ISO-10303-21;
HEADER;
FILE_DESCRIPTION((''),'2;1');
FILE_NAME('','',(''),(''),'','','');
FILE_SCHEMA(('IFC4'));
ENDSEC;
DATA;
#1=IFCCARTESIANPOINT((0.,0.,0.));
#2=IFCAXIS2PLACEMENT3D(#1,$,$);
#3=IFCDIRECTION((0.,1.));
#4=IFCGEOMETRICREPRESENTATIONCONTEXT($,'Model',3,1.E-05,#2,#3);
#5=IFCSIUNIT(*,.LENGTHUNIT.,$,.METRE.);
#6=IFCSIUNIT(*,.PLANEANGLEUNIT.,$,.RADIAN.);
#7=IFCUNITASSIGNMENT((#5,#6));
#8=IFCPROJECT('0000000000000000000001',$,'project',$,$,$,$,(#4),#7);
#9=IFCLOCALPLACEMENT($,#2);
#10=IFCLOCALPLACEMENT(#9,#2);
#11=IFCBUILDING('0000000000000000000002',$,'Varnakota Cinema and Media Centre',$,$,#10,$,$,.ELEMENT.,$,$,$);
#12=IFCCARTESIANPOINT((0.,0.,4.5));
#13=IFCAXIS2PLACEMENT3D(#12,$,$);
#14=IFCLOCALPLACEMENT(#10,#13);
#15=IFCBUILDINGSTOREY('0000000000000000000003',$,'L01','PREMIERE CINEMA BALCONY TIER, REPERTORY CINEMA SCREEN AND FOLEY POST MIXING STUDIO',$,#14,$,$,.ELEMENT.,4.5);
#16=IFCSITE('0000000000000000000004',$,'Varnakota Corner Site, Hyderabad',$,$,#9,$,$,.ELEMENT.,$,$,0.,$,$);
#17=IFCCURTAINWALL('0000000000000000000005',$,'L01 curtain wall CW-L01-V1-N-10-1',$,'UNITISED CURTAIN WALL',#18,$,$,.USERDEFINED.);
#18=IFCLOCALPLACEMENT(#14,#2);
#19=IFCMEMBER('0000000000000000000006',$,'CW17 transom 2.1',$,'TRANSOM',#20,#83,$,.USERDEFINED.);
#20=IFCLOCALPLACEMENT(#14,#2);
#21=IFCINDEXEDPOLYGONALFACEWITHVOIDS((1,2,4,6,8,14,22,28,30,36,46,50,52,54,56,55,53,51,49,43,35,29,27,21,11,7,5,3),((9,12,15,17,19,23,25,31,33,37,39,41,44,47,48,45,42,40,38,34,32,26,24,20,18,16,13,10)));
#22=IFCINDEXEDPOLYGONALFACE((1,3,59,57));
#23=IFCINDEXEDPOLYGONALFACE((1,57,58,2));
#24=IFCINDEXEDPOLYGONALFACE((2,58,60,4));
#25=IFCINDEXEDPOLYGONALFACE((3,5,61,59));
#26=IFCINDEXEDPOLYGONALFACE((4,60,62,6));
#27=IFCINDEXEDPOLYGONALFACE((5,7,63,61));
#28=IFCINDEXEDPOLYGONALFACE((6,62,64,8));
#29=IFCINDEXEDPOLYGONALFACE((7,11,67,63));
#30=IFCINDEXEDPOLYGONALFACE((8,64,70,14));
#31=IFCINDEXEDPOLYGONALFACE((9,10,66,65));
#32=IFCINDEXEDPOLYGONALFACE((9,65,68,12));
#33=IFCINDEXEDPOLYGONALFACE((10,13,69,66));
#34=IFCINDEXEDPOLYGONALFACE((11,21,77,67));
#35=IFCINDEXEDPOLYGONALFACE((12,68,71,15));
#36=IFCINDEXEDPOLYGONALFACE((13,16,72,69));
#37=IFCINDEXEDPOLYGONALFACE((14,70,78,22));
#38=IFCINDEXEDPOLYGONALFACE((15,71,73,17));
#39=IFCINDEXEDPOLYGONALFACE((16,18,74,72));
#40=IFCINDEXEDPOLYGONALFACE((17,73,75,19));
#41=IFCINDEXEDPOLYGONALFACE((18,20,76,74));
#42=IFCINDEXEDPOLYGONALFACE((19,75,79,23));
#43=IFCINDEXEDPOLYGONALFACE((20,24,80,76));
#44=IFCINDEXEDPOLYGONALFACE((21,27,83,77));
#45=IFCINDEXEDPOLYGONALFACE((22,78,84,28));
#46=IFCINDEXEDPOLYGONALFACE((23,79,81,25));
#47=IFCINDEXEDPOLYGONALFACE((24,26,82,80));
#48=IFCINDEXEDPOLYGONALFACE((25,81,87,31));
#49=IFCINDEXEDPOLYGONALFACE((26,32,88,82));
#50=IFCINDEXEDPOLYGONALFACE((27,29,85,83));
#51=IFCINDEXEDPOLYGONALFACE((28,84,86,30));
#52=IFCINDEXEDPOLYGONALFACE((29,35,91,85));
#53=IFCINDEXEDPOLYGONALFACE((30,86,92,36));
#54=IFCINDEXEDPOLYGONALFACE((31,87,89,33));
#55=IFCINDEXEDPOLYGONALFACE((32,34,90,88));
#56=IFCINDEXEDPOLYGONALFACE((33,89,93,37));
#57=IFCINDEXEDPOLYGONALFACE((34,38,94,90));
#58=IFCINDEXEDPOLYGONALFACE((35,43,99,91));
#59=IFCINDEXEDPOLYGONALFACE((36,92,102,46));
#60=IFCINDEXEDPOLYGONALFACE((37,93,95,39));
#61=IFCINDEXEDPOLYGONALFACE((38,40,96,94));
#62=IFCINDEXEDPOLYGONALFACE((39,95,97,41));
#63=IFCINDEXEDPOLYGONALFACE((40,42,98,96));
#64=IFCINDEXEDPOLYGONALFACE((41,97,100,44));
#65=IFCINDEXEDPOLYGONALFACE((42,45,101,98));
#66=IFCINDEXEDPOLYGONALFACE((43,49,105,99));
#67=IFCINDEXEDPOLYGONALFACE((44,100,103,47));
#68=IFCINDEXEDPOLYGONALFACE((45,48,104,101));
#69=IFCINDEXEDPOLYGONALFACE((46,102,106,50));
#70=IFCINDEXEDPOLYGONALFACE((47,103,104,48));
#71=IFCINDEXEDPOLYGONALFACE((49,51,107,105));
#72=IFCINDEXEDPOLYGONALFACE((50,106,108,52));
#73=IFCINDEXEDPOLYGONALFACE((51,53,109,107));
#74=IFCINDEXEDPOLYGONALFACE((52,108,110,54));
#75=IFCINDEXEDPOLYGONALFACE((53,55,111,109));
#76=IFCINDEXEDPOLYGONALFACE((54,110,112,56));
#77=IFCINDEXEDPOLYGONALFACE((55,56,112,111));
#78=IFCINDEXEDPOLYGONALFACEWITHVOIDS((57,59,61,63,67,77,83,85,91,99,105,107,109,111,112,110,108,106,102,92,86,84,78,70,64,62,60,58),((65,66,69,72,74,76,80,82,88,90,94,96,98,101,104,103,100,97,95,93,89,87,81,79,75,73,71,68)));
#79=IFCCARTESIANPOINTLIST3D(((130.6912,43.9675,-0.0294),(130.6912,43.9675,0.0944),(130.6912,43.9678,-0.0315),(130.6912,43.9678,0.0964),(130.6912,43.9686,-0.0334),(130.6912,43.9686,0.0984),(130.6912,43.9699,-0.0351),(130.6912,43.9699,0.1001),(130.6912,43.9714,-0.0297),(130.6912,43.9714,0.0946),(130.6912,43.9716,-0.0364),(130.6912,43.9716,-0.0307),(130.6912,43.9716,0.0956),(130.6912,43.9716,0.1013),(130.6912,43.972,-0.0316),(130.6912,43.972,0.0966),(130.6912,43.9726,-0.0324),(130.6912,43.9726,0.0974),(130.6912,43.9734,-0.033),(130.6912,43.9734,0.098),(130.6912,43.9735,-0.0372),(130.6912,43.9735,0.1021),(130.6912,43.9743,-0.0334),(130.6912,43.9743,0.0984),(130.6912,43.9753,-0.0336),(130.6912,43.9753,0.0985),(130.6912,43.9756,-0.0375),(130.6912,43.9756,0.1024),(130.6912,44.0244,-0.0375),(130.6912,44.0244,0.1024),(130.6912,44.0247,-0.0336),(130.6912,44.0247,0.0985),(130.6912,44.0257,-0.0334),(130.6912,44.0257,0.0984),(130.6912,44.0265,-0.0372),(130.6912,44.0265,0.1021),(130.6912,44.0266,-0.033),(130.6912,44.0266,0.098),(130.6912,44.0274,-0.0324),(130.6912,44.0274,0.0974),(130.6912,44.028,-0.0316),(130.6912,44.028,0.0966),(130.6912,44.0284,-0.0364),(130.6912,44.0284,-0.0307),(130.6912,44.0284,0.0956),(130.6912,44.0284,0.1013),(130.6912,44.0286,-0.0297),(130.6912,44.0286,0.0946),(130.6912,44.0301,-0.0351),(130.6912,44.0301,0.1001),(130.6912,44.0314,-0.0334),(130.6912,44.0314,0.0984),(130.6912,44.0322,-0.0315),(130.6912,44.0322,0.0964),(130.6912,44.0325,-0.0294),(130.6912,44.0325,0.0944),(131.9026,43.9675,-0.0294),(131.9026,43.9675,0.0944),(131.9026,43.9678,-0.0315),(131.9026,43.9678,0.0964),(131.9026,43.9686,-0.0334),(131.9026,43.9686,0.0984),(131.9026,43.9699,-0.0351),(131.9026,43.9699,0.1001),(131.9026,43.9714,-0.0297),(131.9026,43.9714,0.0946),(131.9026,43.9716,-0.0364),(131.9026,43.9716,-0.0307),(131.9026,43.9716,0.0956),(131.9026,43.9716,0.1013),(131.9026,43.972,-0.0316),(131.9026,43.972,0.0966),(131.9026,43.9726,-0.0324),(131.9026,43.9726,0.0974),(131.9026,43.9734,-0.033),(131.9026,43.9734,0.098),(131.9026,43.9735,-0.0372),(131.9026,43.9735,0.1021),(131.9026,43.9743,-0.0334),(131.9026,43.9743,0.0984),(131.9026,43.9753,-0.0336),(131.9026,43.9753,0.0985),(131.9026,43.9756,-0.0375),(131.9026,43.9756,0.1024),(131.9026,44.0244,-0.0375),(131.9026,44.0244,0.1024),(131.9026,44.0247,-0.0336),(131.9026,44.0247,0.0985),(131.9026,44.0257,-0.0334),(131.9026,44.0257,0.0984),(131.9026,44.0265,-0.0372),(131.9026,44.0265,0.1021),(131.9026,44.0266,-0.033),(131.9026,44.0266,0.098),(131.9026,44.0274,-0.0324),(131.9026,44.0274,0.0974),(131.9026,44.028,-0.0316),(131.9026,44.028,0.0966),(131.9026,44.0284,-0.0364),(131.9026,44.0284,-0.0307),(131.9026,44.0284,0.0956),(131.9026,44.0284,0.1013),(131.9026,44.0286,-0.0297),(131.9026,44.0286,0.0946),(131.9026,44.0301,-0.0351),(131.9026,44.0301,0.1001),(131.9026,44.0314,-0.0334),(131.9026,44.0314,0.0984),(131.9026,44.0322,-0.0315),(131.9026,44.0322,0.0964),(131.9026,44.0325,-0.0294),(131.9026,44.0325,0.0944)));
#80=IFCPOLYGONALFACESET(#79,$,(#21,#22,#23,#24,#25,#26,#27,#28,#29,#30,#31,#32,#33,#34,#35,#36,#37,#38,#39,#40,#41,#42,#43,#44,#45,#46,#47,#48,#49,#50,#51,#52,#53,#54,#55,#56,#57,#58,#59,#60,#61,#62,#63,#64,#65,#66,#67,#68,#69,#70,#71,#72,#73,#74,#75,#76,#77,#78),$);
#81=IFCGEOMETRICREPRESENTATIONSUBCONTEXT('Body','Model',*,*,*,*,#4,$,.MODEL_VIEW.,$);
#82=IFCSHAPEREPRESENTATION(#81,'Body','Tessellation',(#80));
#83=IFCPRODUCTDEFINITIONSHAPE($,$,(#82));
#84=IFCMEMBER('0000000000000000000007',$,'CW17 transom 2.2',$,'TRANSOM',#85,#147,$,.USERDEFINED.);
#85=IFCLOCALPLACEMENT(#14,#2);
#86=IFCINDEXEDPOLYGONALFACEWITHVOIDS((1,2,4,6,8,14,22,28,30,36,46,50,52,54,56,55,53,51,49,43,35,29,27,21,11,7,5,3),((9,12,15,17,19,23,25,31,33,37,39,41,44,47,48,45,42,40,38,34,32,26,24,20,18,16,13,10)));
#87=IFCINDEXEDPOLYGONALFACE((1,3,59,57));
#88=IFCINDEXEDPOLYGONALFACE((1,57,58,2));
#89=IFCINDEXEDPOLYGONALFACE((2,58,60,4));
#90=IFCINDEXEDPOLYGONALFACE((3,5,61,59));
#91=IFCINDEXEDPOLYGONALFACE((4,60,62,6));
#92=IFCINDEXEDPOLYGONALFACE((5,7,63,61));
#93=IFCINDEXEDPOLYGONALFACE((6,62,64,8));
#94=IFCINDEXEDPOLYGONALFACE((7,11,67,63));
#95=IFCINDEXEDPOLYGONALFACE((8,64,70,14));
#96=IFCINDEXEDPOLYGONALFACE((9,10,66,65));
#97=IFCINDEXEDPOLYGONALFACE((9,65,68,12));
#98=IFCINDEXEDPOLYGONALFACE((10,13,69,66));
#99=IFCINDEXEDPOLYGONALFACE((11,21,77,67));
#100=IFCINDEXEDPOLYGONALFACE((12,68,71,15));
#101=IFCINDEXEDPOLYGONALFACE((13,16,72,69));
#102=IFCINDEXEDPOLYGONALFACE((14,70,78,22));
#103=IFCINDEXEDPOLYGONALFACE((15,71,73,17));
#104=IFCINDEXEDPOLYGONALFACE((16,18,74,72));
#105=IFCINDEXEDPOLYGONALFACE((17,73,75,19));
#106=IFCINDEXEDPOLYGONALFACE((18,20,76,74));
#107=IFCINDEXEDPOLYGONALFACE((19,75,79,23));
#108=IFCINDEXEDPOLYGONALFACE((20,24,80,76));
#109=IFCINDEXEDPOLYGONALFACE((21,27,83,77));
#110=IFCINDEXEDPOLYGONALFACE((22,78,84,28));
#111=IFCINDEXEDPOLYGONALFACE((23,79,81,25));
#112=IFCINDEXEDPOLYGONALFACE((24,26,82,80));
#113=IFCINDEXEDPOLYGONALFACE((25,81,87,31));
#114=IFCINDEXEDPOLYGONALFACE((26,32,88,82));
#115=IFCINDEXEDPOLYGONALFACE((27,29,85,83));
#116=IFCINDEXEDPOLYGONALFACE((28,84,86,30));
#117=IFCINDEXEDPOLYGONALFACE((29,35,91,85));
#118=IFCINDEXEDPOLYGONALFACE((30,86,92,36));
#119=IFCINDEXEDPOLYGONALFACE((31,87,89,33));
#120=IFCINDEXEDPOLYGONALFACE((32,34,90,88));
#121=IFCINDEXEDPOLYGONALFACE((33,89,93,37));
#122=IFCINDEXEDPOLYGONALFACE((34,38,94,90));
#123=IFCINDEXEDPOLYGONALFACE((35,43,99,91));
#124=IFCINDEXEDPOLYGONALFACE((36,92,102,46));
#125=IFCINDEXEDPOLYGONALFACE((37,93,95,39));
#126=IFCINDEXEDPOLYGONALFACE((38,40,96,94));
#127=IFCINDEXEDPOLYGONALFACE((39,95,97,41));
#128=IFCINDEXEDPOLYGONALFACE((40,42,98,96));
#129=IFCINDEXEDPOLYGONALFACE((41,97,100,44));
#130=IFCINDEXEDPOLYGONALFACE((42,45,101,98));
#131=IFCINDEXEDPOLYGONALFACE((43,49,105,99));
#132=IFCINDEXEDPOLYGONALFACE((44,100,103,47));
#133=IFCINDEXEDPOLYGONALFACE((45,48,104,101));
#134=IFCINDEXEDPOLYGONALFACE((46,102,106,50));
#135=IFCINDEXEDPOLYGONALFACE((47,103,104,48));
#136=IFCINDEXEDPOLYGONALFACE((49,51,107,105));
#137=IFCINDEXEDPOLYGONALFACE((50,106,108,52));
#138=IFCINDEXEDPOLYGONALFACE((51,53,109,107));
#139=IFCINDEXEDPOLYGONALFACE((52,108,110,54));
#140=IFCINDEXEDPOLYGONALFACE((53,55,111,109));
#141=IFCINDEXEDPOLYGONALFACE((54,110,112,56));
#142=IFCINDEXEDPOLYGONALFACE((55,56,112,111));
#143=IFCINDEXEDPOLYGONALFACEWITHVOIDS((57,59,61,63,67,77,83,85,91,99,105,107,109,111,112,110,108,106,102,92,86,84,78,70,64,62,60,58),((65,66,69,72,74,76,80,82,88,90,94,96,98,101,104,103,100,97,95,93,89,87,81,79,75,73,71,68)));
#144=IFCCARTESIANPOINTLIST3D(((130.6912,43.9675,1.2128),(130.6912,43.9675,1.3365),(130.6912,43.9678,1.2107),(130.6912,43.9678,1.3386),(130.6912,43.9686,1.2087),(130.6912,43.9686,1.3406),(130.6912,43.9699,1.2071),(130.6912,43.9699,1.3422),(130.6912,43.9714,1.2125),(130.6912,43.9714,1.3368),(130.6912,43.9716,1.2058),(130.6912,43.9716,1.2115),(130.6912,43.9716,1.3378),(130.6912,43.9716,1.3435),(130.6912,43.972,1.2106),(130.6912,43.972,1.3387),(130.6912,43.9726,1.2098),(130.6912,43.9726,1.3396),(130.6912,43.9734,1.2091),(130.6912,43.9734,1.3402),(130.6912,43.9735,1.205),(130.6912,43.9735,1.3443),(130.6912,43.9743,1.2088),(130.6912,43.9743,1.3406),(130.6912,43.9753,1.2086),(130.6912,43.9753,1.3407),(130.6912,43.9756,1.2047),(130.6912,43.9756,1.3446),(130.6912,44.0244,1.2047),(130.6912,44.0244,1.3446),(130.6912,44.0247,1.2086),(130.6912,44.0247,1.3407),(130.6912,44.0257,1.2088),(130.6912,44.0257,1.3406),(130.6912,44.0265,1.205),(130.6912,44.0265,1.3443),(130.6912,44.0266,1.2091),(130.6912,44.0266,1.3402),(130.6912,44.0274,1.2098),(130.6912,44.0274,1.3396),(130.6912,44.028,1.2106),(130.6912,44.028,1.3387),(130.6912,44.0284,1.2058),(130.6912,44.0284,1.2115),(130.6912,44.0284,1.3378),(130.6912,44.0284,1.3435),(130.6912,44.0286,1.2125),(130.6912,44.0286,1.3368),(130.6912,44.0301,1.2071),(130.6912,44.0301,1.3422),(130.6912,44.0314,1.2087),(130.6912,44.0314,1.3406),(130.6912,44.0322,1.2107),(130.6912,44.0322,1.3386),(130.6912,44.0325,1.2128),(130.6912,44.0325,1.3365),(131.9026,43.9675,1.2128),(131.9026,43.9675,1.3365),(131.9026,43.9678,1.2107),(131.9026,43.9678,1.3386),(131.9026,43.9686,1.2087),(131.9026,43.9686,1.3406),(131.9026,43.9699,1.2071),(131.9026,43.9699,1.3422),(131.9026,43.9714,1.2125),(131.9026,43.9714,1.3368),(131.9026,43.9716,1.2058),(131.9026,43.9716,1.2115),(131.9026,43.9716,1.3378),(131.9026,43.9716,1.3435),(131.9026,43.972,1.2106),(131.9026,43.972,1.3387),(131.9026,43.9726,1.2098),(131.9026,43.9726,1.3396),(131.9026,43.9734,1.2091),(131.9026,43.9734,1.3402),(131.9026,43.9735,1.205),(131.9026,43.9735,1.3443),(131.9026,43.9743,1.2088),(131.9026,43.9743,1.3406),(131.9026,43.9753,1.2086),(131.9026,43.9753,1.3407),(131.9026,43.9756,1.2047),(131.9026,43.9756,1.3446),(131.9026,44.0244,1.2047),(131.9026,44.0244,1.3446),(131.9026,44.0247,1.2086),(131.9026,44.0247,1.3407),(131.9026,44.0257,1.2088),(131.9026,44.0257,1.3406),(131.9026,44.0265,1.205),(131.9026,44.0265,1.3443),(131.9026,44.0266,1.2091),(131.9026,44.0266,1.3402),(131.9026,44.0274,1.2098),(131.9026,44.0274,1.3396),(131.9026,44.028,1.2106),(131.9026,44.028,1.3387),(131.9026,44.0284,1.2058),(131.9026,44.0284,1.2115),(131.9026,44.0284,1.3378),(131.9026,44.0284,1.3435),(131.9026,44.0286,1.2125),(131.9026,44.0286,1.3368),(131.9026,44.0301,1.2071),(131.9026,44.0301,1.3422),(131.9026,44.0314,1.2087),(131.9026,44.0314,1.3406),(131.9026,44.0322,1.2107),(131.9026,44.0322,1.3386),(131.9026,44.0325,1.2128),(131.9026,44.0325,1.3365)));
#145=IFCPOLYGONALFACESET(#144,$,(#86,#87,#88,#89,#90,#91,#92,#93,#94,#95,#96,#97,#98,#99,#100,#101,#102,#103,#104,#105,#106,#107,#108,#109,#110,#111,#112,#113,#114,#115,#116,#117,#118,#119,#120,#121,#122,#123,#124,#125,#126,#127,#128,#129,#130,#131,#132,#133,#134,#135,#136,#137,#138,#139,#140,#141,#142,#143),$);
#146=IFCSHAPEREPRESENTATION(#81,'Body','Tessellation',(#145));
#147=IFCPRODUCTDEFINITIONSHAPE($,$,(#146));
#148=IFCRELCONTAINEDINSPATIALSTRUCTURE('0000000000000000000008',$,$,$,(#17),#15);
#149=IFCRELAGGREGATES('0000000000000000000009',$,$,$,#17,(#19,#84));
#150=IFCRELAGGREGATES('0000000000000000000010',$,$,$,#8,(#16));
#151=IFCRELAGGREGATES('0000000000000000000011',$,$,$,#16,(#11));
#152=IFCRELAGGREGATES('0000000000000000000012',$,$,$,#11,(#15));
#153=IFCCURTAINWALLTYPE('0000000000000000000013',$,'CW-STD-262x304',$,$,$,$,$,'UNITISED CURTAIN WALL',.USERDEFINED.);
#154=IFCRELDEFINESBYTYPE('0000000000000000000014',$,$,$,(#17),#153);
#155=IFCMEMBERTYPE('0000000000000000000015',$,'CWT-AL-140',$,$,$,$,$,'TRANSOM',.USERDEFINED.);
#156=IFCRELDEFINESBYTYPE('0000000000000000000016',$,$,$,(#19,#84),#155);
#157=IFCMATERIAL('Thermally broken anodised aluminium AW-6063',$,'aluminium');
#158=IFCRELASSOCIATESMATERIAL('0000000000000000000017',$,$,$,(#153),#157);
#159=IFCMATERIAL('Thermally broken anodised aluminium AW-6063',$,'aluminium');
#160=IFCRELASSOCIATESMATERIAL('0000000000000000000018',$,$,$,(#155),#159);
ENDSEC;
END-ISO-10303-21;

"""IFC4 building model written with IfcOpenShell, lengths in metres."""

from ifc_helpers import new_model, si_unit, direction, frame, origin, origin_2d, place, context, subcontext, project, spatial, hollow_rectangle, extrude, material, material_profile, profile_set, type_object, element, aggregate, save


model = new_model("IFC4")

# Units and contexts
model_context = context("Model", 3, precision=1e-05, world=origin(), true_north=direction((0.0, 1.0)))
body_context = subcontext(model_context, "Body", "Model", "MODEL_VIEW")
ifc_project = project(units=[si_unit("LENGTHUNIT", "METRE"), si_unit("PLANEANGLEUNIT", "RADIAN")], contexts=[model_context])

# Site, building, storey
site_placement = place(None, origin())
site = spatial("IfcSite", under=ifc_project, at=site_placement, Name="Varnakota Corner Site, Hyderabad", CompositionType="ELEMENT", RefElevation=0.0)
building_placement = place(site_placement, origin())
building = spatial("IfcBuilding", under=site, at=building_placement, Name="Varnakota Cinema and Media Centre", CompositionType="ELEMENT")
storey_placement = place(building_placement, frame((0.0, 0.0, 4.5)))
storey = spatial("IfcBuildingStorey", under=building, at=storey_placement, Name="L01", Description="PREMIERE CINEMA BALCONY TIER, REPERTORY CINEMA SCREEN AND FOLEY POST MIXING STUDIO", CompositionType="ELEMENT", Elevation=4.5)

# Curtain wall
ifc_material_1 = material(Name="Thermally broken anodised aluminium AW-6063", Category="aluminium")
curtain_wall_type = type_object("IfcCurtainWallType", Name="CW-STD-262x304", ElementType="UNITISED CURTAIN WALL", PredefinedType="USERDEFINED", material=ifc_material_1)
curtain_wall_1_placement = place(storey_placement, origin())
curtain_wall_1 = element("IfcCurtainWall", 1, at=curtain_wall_1_placement, inside=storey, type_object=curtain_wall_type, Name="L01 curtain wall CW-L01-V1-N-10-1", ObjectType="UNITISED CURTAIN WALL", PredefinedType="USERDEFINED")

# Members
ifc_material_2 = material(Name="Thermally broken anodised aluminium AW-6063", Category="aluminium")
ifc_material_profile_1 = material_profile(ifc_material_2, hollow_rectangle(XDim=0.0649, YDim=0.1399, WallThickness=0.0039, InnerFilletRadius=0.0039, OuterFilletRadius=0.0081, at=origin_2d()), Name="AL-TRANSOM 140x65x4")
ifc_profile_set_1 = profile_set([ifc_material_profile_1], Name="Thermally broken anodised aluminium AW-6063")
member_type_1 = type_object("IfcMemberType", Name="CWT-AL-140", ElementType="TRANSOM", PredefinedType="USERDEFINED", material=ifc_profile_set_1)
member_1_placement = place(storey_placement, frame((130.6912, 44.0, 0.0325), z_axis=(1.0, 0.0, 0.0), x_axis=(0.0, 1.0, 0.0)))
member_1 = element("IfcMember", 2, at=member_1_placement, type_object=member_type_1, Name="CW17 transom 2.1", ObjectType="TRANSOM", PredefinedType="USERDEFINED", context=body_context, shape_type="SweptSolid", body=[
    extrude(hollow_rectangle(XDim=0.0649, YDim=0.1399, WallThickness=0.0039, InnerFilletRadius=0.0039, OuterFilletRadius=0.0081, at=origin_2d()), origin(), (0.0, 0.0, 1.0), 1.2114),
])
member_2_placement = place(storey_placement, frame((130.6912, 44.0, 1.2747), z_axis=(1.0, 0.0, 0.0), x_axis=(0.0, 1.0, 0.0)))
member_2 = element("IfcMember", 3, at=member_2_placement, type_object=member_type_1, Name="CW17 transom 2.2", ObjectType="TRANSOM", PredefinedType="USERDEFINED", context=body_context, shape_type="SweptSolid", body=[
    extrude(hollow_rectangle(XDim=0.0649, YDim=0.1399, WallThickness=0.0039, InnerFilletRadius=0.0039, OuterFilletRadius=0.0081, at=origin_2d()), origin(), (0.0, 0.0, 1.0), 1.2114),
])

aggregate(curtain_wall_1, [member_1, member_2])

save(model, "model.ifc")
